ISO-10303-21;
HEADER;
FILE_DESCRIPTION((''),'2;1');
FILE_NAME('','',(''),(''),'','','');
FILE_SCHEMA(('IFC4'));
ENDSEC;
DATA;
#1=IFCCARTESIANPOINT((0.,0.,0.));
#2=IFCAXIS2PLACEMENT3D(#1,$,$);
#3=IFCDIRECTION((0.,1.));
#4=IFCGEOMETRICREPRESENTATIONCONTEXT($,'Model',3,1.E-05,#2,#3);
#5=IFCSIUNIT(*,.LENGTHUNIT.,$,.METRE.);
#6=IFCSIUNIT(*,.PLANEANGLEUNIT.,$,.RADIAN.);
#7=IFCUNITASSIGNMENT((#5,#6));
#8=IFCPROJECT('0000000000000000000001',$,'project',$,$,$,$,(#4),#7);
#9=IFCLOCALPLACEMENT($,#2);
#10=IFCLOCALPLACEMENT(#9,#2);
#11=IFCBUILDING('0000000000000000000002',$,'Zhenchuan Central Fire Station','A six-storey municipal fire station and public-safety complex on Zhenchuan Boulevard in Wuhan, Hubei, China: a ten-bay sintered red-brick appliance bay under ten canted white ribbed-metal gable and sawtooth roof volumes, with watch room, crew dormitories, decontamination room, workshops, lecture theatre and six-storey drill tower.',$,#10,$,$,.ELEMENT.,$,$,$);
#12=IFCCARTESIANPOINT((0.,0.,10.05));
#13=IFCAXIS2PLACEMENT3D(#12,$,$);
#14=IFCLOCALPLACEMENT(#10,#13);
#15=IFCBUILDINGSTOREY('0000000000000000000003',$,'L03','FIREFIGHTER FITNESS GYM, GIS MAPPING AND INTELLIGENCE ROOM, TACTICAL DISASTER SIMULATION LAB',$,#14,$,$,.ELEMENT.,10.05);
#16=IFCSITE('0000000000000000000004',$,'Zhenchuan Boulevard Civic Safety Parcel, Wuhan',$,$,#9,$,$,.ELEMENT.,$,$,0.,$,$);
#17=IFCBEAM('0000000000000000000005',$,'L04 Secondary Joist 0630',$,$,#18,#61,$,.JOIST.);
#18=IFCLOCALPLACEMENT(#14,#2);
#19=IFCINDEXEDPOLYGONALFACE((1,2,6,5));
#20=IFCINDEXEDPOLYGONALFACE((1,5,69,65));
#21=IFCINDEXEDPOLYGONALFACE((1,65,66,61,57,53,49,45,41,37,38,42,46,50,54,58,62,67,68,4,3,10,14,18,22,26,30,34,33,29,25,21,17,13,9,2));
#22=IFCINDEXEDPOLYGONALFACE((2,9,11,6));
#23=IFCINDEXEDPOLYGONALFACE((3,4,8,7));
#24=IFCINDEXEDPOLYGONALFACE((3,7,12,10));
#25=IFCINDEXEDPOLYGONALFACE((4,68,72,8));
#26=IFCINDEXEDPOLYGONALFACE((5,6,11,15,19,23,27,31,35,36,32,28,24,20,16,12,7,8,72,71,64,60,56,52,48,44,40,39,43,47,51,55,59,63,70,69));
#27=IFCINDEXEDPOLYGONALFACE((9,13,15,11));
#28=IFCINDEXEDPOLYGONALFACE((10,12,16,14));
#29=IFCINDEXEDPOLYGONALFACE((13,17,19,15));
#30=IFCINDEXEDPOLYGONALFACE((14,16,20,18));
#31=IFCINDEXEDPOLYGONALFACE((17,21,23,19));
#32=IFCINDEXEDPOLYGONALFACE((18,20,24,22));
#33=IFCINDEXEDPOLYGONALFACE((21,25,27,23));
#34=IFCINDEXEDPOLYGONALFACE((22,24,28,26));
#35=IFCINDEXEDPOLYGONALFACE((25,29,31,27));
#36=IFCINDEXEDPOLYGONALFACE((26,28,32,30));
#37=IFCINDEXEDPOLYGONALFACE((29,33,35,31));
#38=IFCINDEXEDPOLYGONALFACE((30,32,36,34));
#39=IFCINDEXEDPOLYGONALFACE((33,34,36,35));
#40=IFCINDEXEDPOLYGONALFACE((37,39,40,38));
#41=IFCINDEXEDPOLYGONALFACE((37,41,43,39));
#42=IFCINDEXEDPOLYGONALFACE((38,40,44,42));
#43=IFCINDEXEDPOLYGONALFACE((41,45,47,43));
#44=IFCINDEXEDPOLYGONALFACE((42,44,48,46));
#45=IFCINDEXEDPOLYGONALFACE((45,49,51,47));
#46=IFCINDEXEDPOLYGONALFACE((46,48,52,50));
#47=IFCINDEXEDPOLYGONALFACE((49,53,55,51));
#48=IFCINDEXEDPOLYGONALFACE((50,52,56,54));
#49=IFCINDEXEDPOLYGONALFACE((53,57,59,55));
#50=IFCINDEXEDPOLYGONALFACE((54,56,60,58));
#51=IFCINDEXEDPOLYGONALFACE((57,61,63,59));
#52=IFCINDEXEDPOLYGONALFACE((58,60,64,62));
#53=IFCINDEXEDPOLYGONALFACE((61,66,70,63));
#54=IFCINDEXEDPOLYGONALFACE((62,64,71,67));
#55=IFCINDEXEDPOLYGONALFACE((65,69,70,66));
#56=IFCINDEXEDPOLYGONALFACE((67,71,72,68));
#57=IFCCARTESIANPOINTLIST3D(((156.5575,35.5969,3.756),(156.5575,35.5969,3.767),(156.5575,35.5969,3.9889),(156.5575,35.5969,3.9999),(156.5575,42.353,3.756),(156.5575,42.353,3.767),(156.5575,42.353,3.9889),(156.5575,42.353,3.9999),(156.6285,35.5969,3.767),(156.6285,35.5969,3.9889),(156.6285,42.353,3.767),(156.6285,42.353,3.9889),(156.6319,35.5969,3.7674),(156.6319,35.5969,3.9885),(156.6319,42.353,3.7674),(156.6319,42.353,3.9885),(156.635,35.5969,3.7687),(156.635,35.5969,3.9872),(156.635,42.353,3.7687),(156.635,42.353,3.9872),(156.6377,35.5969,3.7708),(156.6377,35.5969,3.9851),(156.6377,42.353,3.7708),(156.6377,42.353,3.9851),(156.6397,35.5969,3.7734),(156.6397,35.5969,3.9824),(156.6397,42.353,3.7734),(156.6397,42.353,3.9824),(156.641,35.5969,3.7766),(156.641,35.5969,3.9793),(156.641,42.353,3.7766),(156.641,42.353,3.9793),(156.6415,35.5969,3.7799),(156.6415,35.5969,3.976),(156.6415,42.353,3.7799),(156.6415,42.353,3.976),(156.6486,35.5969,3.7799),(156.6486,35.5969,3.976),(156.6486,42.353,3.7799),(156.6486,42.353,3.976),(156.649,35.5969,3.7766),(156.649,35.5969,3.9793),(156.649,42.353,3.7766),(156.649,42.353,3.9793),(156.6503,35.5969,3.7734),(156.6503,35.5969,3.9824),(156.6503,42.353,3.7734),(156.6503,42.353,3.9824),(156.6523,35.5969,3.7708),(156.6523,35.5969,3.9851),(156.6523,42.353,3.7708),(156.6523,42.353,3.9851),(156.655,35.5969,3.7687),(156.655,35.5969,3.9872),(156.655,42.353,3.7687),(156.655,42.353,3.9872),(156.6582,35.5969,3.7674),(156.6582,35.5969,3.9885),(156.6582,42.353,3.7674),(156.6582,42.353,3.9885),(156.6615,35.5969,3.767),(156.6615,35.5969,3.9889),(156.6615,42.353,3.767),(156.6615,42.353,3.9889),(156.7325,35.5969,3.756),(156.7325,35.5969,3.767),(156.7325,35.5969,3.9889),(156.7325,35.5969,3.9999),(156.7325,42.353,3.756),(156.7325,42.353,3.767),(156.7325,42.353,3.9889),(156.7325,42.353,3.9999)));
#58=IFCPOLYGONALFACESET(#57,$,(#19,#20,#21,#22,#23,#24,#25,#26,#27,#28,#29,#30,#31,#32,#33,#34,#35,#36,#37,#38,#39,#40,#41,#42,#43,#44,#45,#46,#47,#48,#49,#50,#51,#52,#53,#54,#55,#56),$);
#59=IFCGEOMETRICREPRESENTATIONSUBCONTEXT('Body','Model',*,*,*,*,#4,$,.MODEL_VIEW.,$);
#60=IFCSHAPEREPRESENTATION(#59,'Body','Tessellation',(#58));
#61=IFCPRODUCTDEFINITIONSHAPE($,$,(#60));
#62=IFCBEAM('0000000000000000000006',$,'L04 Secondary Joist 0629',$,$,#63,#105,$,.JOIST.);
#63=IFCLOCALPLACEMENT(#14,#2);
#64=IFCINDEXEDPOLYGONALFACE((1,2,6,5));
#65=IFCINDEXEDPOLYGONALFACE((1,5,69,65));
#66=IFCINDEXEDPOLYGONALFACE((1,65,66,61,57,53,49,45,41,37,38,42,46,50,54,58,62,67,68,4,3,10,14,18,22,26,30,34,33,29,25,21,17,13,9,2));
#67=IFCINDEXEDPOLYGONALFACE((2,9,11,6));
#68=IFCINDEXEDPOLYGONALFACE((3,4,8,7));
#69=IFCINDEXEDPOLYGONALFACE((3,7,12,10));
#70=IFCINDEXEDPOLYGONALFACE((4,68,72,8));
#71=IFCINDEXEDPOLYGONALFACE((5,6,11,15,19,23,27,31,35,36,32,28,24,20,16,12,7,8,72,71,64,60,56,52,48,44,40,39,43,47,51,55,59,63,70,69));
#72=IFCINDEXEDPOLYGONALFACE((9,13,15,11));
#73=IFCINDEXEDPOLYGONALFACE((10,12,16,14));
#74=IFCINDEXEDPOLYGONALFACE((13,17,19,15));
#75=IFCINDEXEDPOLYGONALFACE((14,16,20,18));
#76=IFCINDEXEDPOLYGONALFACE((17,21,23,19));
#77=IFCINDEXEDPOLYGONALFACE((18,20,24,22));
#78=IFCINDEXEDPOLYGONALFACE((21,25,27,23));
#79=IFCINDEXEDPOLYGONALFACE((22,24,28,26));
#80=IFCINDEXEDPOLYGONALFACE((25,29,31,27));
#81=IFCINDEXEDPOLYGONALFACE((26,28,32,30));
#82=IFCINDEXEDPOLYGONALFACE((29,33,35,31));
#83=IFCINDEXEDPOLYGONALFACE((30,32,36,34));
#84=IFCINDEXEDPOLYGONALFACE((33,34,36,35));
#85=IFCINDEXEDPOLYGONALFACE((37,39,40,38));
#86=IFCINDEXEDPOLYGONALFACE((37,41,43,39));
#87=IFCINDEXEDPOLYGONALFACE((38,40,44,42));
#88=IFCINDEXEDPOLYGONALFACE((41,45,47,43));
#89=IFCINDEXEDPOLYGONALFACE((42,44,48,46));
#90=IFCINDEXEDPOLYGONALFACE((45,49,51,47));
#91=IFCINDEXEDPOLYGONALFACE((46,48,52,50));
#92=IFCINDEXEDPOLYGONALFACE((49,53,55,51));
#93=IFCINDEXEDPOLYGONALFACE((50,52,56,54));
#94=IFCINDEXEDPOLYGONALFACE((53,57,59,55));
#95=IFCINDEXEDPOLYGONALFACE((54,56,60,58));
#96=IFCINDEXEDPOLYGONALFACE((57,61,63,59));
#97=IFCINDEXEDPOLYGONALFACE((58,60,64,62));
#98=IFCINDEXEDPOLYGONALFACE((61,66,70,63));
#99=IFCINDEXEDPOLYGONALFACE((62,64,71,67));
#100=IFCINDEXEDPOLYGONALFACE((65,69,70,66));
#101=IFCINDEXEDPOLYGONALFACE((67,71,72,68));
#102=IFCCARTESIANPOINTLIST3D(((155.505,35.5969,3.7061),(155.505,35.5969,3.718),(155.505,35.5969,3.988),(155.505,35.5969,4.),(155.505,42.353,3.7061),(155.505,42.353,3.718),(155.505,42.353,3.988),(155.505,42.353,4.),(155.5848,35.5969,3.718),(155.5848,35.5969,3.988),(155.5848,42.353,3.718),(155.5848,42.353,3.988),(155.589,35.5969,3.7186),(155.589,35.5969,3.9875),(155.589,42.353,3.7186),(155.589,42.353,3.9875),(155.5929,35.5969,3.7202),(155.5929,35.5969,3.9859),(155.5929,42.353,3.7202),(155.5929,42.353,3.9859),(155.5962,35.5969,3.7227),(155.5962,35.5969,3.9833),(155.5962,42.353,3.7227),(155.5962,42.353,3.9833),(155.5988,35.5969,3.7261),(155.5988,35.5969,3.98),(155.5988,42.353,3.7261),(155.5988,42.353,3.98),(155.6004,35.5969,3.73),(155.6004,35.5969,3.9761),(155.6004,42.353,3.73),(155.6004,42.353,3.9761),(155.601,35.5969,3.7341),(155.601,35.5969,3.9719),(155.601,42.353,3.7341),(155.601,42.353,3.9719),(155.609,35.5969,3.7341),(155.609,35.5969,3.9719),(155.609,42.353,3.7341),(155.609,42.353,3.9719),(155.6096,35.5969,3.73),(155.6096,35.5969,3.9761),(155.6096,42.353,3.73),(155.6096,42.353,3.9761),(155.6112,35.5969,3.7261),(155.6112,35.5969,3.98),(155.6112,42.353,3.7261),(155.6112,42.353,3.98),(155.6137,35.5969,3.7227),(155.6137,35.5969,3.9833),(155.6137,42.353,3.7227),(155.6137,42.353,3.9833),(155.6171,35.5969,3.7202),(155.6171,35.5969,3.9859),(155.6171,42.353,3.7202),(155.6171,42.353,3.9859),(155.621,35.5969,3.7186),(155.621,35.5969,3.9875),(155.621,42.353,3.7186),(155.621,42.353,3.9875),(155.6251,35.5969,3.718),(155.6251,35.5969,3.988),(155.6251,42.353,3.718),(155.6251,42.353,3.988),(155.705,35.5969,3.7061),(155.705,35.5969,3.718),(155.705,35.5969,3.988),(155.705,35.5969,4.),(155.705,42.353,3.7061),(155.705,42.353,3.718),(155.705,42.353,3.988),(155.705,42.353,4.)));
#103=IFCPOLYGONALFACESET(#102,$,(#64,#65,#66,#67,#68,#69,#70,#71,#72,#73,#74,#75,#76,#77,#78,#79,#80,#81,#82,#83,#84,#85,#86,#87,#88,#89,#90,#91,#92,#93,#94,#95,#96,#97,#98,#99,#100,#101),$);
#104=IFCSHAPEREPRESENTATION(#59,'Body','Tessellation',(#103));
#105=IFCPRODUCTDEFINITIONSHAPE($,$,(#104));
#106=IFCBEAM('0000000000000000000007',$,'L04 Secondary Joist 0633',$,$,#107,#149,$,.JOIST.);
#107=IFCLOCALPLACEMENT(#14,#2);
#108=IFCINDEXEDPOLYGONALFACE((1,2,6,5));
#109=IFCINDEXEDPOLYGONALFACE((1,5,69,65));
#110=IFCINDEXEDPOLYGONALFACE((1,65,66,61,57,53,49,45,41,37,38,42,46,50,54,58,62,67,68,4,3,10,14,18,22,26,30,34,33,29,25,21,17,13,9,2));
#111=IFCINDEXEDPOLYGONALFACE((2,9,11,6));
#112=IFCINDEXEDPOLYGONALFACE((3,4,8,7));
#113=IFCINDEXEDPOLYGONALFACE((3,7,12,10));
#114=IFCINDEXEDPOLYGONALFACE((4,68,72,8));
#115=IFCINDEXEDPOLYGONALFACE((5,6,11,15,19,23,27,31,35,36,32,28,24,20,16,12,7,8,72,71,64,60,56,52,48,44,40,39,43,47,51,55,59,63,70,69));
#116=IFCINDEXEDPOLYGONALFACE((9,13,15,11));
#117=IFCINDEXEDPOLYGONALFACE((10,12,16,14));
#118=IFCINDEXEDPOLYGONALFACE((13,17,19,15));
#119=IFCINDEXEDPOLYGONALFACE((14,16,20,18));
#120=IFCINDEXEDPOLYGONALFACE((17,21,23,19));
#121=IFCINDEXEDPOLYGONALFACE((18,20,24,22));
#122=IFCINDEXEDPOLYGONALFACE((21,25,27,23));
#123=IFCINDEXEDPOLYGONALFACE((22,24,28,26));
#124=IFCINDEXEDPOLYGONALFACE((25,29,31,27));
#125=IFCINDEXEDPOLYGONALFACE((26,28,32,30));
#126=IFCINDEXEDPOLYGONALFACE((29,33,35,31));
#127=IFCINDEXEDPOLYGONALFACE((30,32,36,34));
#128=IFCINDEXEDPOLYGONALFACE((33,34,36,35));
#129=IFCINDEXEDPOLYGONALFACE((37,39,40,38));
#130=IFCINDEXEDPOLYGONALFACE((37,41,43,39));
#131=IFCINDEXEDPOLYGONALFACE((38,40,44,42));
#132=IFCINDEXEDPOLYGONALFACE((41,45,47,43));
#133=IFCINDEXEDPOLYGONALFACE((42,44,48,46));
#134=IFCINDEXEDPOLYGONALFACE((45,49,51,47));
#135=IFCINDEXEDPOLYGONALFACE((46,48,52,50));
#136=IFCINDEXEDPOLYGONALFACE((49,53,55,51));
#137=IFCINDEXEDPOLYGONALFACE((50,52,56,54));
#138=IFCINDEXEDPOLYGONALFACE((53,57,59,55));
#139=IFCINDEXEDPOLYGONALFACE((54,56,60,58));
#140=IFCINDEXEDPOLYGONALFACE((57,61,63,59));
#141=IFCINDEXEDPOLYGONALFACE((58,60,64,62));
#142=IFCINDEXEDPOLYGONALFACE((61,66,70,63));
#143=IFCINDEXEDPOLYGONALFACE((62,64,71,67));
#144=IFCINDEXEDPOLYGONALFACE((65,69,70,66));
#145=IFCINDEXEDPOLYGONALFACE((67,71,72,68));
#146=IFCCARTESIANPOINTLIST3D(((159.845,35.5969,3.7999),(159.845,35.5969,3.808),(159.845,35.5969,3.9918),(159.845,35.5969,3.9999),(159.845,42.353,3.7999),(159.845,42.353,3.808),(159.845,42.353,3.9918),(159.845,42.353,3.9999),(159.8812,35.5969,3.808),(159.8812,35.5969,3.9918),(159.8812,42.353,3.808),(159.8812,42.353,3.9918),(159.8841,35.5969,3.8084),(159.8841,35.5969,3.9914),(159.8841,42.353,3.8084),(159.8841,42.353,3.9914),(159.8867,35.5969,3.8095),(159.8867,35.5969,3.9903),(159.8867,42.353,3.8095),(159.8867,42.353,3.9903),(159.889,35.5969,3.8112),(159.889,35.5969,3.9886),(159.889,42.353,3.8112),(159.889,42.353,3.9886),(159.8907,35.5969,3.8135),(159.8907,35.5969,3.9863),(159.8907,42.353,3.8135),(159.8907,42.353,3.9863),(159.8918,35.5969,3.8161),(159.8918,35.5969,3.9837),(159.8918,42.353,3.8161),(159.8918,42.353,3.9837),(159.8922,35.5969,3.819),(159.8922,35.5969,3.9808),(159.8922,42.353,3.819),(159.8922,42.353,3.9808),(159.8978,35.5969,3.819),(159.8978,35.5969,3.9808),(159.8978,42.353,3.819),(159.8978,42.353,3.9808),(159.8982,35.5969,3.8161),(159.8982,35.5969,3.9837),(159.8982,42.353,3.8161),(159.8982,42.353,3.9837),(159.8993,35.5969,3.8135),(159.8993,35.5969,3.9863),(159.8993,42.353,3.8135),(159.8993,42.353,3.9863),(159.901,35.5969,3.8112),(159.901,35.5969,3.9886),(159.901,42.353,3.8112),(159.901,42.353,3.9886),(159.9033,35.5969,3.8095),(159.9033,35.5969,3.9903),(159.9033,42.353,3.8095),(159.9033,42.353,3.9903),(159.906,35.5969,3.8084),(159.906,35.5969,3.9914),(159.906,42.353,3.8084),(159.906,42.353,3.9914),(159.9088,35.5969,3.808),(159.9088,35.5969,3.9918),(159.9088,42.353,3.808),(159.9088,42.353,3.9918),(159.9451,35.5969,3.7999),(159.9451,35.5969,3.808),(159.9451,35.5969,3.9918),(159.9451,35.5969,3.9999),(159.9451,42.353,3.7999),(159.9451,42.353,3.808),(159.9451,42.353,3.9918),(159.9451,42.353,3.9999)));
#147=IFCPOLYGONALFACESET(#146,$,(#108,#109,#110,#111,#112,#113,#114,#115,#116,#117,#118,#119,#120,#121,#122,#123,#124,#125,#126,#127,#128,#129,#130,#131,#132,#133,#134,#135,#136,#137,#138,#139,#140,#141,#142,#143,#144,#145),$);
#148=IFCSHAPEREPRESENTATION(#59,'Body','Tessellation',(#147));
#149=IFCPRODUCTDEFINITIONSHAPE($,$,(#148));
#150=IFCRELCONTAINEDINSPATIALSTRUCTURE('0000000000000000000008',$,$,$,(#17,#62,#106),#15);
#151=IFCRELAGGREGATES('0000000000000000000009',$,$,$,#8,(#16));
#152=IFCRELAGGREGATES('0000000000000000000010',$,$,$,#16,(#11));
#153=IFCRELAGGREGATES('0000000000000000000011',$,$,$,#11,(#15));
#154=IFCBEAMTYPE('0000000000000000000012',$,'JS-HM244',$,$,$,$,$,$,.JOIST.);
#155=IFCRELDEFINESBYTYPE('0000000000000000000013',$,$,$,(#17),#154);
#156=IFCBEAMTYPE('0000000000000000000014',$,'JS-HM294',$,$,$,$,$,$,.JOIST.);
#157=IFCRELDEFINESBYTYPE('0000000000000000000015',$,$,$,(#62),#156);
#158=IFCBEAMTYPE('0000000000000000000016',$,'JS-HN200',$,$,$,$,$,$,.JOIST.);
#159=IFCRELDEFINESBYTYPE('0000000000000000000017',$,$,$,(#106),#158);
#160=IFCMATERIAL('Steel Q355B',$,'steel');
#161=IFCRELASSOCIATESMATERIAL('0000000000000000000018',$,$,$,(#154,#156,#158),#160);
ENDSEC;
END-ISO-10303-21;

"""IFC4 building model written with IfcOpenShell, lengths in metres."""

from ifc_helpers import new_model, si_unit, direction, frame, origin, origin_2d, place, context, subcontext, project, spatial, i_section, extrude, material, material_profile, profile_set, type_object, element, save


model = new_model("IFC4")

# Units and contexts
model_context = context("Model", 3, precision=1e-05, world=origin(), true_north=direction((0.0, 1.0)))
body_context = subcontext(model_context, "Body", "Model", "MODEL_VIEW")
ifc_project = project(units=[si_unit("LENGTHUNIT", "METRE"), si_unit("PLANEANGLEUNIT", "RADIAN")], contexts=[model_context])

# Site, building, storey
site_placement = place(None, origin())
site = spatial("IfcSite", under=ifc_project, at=site_placement, Name="Zhenchuan Boulevard Civic Safety Parcel, Wuhan", CompositionType="ELEMENT", RefElevation=0.0)
building_placement = place(site_placement, origin())
building = spatial("IfcBuilding", under=site, at=building_placement, Name="Zhenchuan Central Fire Station", Description="A six-storey municipal fire station and public-safety complex on Zhenchuan Boulevard in Wuhan, Hubei, China: a ten-bay sintered red-brick appliance bay under ten canted white ribbed-metal gable and sawtooth roof volumes, with watch room, crew dormitories, decontamination room, workshops, lecture theatre and six-storey drill tower.", CompositionType="ELEMENT")
storey_placement = place(building_placement, frame((0.0, 0.0, 10.05)))
storey = spatial("IfcBuildingStorey", under=building, at=storey_placement, Name="L03", Description="FIREFIGHTER FITNESS GYM, GIS MAPPING AND INTELLIGENCE ROOM, TACTICAL DISASTER SIMULATION LAB", CompositionType="ELEMENT", Elevation=10.05)

# Shared definitions
ifc_material_1 = material(Name="Steel Q355B", Category="steel")

# Beams
ifc_material_profile_1 = material_profile(ifc_material_1, i_section(OverallWidth=0.175, OverallDepth=0.2439, WebThickness=0.0071, FlangeThickness=0.011, FilletRadius=0.0129, at=origin_2d()), Name="HM 244x175")
ifc_profile_set_1 = profile_set([ifc_material_profile_1], Name="Steel Q355B")
beam_type_1 = type_object("IfcBeamType", Name="JS-HM244", PredefinedType="JOIST", material=ifc_profile_set_1)
beam_1_placement = place(storey_placement, frame((156.645, 35.5969, 3.8779), z_axis=(0.0, 1.0, 0.0), x_axis=(-1.0, 0.0, 0.0)))
element("IfcBeam", 1, at=beam_1_placement, inside=storey, type_object=beam_type_1, Name="L04 Secondary Joist 0630", PredefinedType="JOIST", context=body_context, shape_type="SweptSolid", body=[
    extrude(i_section(OverallWidth=0.175, OverallDepth=0.2439, WebThickness=0.0071, FlangeThickness=0.011, FilletRadius=0.0129, at=origin_2d()), origin(), (0.0, 0.0, 1.0), 6.7561),
])
ifc_material_profile_2 = material_profile(ifc_material_1, i_section(OverallWidth=0.2, OverallDepth=0.2939, WebThickness=0.0081, FlangeThickness=0.012, FilletRadius=0.0161, at=origin_2d()), Name="HM 294x200")
ifc_profile_set_2 = profile_set([ifc_material_profile_2], Name="Steel Q355B")
beam_type_2 = type_object("IfcBeamType", Name="JS-HM294", PredefinedType="JOIST", material=ifc_profile_set_2)
beam_2_placement = place(storey_placement, frame((155.605, 35.5969, 3.853), z_axis=(0.0, 1.0, 0.0), x_axis=(-1.0, 0.0, 0.0)))
element("IfcBeam", 2, at=beam_2_placement, inside=storey, type_object=beam_type_2, Name="L04 Secondary Joist 0629", PredefinedType="JOIST", context=body_context, shape_type="SweptSolid", body=[
    extrude(i_section(OverallWidth=0.2, OverallDepth=0.2939, WebThickness=0.0081, FlangeThickness=0.012, FilletRadius=0.0161, at=origin_2d()), origin(), (0.0, 0.0, 1.0), 6.7561),
])
ifc_material_profile_3 = material_profile(ifc_material_1, i_section(OverallWidth=0.1001, OverallDepth=0.2, WebThickness=0.0056, FlangeThickness=0.0081, FilletRadius=0.011, at=origin_2d()), Name="HN 200x100")
ifc_profile_set_3 = profile_set([ifc_material_profile_3], Name="Steel Q355B")
beam_type_3 = type_object("IfcBeamType", Name="JS-HN200", PredefinedType="JOIST", material=ifc_profile_set_3)
beam_3_placement = place(storey_placement, frame((159.895, 35.5969, 3.8999), z_axis=(0.0, 1.0, 0.0), x_axis=(-1.0, 0.0, 0.0)))
element("IfcBeam", 3, at=beam_3_placement, inside=storey, type_object=beam_type_3, Name="L04 Secondary Joist 0633", PredefinedType="JOIST", context=body_context, shape_type="SweptSolid", body=[
    extrude(i_section(OverallWidth=0.1001, OverallDepth=0.2, WebThickness=0.0056, FlangeThickness=0.0081, FilletRadius=0.011, at=origin_2d()), origin(), (0.0, 0.0, 1.0), 6.7561),
])

save(model, "model.ifc")
